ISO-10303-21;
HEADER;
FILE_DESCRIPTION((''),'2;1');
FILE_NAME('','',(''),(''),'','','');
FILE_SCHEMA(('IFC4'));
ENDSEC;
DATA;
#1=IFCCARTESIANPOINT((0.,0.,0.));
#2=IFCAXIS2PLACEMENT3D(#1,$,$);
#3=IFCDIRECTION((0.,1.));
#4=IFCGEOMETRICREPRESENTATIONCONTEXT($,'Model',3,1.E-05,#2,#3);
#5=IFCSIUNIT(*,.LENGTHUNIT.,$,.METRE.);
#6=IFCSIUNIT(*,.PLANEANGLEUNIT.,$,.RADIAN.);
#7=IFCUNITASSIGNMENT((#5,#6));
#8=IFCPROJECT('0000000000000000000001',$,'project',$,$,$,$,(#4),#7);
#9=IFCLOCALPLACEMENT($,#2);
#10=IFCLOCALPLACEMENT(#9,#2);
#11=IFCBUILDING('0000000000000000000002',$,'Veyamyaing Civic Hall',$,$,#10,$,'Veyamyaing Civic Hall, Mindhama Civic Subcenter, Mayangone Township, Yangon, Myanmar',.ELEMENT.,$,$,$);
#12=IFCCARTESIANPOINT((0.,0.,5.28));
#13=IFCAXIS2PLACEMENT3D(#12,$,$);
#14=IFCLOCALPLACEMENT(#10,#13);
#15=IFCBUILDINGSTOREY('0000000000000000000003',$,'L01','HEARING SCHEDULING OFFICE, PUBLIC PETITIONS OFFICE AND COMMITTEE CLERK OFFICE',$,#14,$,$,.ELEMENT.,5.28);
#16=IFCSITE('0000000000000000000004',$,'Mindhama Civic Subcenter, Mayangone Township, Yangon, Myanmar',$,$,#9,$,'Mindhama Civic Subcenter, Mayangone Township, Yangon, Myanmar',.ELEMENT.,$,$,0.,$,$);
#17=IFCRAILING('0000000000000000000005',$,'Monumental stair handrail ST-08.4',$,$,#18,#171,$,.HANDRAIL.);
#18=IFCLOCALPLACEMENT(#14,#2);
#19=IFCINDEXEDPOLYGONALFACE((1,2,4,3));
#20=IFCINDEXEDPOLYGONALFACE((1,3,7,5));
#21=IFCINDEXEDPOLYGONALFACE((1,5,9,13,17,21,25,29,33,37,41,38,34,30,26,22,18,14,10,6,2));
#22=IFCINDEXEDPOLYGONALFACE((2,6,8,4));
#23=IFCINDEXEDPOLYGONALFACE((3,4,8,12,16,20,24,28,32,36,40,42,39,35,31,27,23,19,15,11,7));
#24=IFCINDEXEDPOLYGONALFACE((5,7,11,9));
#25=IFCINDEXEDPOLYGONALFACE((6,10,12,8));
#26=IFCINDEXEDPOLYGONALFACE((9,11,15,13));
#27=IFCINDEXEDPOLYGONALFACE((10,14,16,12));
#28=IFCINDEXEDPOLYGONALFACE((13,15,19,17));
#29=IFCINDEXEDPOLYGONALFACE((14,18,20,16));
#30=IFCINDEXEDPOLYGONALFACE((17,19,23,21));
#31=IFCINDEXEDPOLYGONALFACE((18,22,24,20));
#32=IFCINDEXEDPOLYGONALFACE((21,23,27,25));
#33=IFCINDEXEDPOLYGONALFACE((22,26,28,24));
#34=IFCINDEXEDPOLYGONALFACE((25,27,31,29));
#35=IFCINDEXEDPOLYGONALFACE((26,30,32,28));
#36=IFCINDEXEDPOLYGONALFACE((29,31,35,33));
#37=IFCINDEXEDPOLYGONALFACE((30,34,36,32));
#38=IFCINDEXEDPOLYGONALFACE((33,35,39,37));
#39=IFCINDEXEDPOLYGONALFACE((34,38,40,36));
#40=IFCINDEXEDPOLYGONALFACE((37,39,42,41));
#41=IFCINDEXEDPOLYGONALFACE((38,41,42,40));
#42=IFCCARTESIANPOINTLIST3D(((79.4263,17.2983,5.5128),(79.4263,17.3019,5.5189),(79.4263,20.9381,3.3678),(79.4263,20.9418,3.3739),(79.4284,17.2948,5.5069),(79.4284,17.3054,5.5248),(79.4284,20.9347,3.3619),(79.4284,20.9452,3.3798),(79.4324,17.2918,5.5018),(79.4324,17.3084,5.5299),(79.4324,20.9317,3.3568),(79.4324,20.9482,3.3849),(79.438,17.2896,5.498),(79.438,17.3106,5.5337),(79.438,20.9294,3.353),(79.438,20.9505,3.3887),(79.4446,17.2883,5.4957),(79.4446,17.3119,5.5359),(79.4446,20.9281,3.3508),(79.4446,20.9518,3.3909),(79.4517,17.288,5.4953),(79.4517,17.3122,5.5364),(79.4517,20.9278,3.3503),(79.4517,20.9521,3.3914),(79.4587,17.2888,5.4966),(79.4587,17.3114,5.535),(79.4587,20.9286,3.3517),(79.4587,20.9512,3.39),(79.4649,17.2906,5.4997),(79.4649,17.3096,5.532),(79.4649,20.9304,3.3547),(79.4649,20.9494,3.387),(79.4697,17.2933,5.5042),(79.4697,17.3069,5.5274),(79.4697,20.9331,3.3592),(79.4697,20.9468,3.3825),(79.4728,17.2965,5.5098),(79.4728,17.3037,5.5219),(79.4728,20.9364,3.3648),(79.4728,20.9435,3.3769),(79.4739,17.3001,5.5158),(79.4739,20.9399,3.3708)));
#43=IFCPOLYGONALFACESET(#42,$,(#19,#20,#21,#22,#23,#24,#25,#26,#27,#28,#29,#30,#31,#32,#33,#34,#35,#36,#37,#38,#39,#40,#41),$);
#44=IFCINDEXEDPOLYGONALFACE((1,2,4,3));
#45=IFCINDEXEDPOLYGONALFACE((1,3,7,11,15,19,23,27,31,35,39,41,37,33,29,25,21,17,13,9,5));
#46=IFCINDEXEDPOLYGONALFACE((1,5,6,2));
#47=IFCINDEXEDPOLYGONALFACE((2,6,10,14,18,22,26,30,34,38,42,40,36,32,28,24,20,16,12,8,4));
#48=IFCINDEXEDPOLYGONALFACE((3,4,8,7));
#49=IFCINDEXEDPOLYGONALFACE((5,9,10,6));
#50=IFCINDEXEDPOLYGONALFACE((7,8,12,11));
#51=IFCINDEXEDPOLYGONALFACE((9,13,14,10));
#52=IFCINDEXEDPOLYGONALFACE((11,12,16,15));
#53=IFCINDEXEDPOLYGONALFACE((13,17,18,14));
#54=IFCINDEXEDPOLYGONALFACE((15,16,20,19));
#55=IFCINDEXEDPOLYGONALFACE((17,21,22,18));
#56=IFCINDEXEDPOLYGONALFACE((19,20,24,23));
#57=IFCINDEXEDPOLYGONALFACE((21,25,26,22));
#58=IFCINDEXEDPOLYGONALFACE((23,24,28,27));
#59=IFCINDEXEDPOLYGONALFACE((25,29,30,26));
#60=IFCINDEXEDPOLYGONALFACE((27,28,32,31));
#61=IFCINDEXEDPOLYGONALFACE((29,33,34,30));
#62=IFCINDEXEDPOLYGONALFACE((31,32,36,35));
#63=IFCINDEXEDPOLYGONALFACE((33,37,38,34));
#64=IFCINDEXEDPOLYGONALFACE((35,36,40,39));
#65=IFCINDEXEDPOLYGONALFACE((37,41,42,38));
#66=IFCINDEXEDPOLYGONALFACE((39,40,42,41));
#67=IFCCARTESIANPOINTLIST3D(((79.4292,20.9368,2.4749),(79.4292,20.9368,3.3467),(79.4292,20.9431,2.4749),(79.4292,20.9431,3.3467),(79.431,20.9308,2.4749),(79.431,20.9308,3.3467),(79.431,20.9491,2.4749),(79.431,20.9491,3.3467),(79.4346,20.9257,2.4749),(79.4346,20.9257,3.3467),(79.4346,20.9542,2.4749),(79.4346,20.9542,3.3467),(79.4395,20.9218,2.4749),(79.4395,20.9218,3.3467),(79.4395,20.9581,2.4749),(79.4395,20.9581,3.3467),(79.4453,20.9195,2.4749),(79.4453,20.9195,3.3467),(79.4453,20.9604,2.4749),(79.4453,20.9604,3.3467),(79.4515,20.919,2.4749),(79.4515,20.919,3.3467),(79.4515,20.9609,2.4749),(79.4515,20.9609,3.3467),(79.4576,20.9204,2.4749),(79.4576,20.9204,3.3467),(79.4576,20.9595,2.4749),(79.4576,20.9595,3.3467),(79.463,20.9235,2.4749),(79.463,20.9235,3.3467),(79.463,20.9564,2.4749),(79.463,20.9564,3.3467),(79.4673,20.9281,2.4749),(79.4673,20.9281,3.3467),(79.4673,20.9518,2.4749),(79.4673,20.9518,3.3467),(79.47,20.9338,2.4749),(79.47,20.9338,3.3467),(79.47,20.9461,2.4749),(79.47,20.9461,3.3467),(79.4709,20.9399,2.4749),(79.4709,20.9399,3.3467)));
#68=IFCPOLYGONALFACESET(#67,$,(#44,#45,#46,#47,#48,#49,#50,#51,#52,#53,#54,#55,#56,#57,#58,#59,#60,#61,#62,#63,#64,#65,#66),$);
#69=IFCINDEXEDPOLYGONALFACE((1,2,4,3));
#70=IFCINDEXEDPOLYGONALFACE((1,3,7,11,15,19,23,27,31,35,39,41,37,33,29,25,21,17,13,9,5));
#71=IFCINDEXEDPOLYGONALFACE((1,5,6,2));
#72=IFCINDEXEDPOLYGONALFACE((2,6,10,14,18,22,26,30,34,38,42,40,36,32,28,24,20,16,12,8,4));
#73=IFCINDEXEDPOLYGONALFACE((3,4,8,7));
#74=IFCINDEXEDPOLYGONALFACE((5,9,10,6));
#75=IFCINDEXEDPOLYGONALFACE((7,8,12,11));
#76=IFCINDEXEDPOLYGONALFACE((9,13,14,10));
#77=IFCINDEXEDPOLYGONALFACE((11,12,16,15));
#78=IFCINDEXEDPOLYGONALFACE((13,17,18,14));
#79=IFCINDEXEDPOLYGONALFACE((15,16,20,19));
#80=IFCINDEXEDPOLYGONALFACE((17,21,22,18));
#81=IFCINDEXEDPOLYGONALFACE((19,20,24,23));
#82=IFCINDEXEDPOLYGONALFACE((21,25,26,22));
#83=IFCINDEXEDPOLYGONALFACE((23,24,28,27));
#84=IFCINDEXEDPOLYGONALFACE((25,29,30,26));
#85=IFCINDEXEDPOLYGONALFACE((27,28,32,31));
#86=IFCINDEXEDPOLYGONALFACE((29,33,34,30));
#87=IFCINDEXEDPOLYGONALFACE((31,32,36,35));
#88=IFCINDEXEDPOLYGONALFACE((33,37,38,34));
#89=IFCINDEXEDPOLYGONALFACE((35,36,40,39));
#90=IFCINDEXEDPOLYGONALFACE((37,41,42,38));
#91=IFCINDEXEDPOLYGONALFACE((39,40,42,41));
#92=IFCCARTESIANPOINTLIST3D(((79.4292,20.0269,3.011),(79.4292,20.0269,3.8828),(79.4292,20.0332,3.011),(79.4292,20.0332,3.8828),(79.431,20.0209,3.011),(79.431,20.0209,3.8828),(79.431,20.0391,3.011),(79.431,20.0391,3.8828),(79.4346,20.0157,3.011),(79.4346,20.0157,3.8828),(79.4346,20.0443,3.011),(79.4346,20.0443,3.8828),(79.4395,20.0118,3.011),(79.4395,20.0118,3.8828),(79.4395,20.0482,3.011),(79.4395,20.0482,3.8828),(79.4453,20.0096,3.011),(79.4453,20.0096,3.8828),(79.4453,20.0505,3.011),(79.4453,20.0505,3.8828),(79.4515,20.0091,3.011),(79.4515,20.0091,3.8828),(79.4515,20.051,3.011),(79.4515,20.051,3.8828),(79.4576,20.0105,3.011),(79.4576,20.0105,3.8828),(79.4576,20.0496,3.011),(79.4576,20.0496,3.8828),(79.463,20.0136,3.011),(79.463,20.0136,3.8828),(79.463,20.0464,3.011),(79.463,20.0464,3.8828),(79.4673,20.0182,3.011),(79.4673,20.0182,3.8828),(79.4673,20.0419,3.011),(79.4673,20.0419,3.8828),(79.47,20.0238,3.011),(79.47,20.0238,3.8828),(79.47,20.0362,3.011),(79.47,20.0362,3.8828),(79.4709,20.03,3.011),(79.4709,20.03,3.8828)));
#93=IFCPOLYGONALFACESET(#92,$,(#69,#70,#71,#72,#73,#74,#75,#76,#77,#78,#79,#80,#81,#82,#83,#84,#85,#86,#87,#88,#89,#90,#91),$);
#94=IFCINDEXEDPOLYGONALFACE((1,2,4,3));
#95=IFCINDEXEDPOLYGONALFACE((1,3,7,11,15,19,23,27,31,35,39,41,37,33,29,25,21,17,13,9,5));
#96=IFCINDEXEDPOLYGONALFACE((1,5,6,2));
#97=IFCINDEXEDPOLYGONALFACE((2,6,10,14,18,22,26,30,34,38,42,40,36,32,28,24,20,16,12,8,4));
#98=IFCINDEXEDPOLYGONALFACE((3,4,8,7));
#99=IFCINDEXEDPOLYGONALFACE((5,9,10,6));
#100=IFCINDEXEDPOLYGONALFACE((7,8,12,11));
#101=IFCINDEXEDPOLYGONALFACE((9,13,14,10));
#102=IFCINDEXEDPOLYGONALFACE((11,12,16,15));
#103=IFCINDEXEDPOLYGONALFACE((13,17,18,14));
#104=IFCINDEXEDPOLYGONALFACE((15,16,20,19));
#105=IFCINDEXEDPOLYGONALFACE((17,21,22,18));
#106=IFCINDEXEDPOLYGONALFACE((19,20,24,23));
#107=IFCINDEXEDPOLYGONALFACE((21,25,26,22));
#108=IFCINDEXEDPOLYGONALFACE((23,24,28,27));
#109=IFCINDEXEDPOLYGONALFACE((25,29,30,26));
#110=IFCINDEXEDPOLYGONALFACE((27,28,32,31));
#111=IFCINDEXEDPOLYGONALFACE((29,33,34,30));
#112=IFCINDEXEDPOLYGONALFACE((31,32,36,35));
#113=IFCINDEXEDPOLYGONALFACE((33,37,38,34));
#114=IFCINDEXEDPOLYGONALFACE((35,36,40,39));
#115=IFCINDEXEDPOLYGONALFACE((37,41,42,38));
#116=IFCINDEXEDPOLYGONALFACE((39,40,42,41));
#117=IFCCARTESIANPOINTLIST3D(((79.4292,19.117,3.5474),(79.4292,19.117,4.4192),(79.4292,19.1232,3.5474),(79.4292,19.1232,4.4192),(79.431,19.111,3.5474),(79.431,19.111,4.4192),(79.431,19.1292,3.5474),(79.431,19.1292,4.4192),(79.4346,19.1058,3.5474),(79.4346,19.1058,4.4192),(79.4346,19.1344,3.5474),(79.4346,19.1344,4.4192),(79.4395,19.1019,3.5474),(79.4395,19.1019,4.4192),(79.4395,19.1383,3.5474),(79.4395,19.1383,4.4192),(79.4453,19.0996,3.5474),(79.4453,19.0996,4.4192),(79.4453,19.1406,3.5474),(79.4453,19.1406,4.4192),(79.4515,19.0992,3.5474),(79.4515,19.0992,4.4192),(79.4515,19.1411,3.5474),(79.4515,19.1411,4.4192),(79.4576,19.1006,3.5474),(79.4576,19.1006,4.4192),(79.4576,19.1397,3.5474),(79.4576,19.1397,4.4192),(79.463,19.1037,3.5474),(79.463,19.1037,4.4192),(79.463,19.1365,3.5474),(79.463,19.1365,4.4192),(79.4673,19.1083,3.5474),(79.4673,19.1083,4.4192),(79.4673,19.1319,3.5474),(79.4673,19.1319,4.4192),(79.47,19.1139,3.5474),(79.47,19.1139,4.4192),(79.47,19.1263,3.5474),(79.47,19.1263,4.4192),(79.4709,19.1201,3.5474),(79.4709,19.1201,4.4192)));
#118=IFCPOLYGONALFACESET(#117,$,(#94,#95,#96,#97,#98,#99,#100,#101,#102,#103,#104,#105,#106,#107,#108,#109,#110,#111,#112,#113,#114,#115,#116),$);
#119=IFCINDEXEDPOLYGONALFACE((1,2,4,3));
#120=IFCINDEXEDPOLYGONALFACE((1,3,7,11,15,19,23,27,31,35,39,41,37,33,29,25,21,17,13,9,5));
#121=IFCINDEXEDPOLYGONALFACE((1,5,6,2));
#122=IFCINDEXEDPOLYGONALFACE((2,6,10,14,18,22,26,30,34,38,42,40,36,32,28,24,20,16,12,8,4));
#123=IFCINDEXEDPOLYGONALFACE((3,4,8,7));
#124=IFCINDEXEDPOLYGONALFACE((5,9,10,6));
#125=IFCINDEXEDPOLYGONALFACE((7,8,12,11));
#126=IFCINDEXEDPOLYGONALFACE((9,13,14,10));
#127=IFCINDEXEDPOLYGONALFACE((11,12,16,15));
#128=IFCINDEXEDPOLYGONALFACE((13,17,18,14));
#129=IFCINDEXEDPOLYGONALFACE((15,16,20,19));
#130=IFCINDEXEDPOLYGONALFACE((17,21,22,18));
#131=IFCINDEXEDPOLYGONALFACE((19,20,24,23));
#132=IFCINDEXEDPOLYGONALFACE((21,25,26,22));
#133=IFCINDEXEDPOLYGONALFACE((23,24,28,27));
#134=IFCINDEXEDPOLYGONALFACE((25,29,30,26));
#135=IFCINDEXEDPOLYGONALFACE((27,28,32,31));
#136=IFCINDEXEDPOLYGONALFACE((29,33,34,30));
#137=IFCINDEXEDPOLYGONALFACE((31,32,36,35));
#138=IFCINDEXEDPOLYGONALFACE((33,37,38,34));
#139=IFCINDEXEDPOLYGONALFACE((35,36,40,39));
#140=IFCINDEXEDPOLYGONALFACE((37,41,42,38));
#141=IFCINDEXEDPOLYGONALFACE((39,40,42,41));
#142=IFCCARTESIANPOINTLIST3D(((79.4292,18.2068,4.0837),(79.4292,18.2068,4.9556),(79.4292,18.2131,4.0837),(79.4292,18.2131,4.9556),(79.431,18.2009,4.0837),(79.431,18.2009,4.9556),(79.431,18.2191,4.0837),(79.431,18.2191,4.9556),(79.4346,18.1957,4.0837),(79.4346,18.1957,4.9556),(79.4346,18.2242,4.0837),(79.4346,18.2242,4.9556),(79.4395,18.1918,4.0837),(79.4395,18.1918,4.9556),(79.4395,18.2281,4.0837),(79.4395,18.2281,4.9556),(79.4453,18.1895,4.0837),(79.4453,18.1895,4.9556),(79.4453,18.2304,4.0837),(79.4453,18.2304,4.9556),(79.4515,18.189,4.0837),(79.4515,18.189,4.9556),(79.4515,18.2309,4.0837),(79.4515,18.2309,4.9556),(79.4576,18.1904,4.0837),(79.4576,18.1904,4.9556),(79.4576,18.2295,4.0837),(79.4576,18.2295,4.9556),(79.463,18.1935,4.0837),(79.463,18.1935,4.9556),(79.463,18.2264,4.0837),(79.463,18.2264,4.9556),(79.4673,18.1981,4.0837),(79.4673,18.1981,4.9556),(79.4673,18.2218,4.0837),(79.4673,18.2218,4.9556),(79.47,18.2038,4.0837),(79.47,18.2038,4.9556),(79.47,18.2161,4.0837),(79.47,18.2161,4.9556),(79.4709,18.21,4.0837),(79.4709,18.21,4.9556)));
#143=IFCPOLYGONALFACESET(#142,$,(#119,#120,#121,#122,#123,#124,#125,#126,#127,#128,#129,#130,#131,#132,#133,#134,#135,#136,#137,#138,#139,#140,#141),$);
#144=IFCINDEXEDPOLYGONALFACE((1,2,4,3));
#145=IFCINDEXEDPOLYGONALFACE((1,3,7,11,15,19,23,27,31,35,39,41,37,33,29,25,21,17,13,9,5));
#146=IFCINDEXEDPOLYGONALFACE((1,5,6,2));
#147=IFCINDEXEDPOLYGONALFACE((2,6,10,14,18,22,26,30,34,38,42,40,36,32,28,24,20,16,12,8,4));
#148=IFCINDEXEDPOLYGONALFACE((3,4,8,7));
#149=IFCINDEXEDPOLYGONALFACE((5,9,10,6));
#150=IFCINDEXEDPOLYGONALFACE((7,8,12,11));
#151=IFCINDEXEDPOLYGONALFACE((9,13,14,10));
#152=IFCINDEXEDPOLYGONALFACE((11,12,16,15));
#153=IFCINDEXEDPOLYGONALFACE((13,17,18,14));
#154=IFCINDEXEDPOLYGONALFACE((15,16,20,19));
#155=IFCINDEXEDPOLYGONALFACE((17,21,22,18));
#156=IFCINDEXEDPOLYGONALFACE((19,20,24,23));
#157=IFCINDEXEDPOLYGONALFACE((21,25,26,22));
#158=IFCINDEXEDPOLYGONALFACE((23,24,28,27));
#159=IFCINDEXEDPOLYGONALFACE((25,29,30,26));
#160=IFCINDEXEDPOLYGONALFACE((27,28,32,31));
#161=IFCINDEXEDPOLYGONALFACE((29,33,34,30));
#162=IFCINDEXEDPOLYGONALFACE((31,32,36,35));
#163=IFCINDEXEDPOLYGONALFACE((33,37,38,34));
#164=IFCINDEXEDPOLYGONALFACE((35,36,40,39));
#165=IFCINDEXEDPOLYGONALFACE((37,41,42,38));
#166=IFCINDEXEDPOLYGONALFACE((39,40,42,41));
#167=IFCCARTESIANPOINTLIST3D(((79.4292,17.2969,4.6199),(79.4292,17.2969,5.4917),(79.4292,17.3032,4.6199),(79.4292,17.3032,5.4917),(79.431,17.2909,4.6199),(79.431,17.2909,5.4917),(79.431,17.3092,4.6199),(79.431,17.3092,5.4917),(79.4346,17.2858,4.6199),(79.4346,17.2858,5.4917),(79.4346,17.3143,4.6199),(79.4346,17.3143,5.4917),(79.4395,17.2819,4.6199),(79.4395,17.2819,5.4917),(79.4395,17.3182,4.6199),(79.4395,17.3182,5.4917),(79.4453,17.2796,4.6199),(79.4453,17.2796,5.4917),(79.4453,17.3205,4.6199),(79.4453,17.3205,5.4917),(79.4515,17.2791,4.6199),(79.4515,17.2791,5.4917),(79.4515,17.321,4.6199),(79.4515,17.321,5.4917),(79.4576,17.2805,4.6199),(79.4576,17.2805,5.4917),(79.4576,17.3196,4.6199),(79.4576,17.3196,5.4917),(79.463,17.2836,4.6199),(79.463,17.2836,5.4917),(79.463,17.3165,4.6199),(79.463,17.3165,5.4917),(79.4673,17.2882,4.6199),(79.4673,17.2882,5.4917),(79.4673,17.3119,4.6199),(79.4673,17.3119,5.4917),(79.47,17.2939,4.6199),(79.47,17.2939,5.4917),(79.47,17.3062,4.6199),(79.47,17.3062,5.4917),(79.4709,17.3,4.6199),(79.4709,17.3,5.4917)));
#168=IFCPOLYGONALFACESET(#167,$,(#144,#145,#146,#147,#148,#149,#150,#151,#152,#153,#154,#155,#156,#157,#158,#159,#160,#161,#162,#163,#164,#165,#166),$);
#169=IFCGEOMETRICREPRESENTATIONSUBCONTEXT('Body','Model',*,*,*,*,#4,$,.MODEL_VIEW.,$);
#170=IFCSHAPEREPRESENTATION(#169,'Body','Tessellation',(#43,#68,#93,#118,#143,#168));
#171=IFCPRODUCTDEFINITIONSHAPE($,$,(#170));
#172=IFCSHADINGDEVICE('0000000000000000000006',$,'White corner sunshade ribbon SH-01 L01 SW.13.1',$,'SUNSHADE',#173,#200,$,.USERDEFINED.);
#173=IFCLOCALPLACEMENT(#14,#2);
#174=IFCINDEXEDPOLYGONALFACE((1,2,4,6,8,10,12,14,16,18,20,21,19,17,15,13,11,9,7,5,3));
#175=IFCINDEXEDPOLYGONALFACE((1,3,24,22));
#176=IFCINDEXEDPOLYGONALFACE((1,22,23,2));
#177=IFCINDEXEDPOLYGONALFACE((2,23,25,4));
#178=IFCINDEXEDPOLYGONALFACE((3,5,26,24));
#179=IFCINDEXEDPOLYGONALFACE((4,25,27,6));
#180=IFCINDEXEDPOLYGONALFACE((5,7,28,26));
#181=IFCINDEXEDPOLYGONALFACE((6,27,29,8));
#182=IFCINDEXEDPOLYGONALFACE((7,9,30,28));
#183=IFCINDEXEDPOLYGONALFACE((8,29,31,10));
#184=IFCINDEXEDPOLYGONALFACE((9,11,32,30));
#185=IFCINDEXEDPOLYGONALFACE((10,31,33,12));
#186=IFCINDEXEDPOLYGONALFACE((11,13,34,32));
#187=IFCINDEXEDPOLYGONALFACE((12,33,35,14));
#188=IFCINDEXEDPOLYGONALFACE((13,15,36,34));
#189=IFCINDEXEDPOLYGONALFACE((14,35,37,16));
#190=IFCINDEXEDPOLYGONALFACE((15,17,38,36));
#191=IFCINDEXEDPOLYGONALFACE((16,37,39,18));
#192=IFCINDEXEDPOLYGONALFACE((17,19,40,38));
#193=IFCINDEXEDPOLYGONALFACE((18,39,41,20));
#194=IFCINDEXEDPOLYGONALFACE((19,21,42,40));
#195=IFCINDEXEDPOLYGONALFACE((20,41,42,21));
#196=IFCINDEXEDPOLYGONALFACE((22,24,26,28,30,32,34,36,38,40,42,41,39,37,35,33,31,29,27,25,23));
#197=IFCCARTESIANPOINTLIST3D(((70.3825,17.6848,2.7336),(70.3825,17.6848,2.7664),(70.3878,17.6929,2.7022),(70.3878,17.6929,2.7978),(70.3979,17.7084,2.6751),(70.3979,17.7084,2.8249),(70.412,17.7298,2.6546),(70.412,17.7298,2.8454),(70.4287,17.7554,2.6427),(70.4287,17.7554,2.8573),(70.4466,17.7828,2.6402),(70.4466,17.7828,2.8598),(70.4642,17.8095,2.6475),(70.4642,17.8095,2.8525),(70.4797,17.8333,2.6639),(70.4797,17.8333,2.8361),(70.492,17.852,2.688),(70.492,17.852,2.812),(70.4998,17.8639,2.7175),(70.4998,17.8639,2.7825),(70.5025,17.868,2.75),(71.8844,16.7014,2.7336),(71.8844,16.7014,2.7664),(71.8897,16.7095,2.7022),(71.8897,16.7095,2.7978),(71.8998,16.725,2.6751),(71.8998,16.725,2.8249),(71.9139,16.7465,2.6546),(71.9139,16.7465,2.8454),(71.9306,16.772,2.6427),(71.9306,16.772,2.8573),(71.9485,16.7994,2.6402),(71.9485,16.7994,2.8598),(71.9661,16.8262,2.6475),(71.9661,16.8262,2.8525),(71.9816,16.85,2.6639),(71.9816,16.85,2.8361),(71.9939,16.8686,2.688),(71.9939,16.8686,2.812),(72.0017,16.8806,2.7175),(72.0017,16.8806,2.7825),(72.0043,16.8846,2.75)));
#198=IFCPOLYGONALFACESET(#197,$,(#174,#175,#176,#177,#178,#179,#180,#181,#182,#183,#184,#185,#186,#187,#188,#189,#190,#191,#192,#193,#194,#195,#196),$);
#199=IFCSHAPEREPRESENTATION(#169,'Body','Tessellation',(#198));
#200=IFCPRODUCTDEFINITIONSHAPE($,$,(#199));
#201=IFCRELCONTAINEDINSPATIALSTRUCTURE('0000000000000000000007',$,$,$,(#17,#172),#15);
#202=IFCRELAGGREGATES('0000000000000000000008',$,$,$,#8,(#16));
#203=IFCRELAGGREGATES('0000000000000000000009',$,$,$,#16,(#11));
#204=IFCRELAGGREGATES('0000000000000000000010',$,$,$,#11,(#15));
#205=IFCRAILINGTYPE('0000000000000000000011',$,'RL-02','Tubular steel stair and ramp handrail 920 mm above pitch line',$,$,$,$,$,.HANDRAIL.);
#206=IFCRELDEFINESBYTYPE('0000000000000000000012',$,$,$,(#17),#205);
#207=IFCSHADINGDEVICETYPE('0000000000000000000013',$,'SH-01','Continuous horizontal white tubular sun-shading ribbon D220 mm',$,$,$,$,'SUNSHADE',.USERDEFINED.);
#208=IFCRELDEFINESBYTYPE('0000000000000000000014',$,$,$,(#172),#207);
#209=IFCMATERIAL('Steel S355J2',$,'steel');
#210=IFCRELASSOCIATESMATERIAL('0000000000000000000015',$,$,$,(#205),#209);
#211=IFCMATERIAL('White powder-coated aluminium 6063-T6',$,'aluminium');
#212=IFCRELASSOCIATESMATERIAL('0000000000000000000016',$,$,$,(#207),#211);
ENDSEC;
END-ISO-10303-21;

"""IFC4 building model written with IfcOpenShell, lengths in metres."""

from ifc_helpers import new_model, si_unit, direction, frame, origin, origin_2d, place, context, subcontext, project, spatial, circle, extrude, material, material_profile, profile_set, type_object, element, save


model = new_model("IFC4")

# Units and contexts
model_context = context("Model", 3, precision=1e-05, world=origin(), true_north=direction((0.0, 1.0)))
body_context = subcontext(model_context, "Body", "Model", "MODEL_VIEW")
ifc_project = project(units=[si_unit("LENGTHUNIT", "METRE"), si_unit("PLANEANGLEUNIT", "RADIAN")], contexts=[model_context])

# Site, building, storey
site_placement = place(None, origin())
site = spatial("IfcSite", under=ifc_project, at=site_placement, Name="Mindhama Civic Subcenter, Mayangone Township, Yangon, Myanmar", LongName="Mindhama Civic Subcenter, Mayangone Township, Yangon, Myanmar", CompositionType="ELEMENT", RefElevation=0.0)
building_placement = place(site_placement, origin())
building = spatial("IfcBuilding", under=site, at=building_placement, Name="Veyamyaing Civic Hall", LongName="Veyamyaing Civic Hall, Mindhama Civic Subcenter, Mayangone Township, Yangon, Myanmar", CompositionType="ELEMENT")
storey_placement = place(building_placement, frame((0.0, 0.0, 5.28)))
storey = spatial("IfcBuildingStorey", under=building, at=storey_placement, Name="L01", Description="HEARING SCHEDULING OFFICE, PUBLIC PETITIONS OFFICE AND COMMITTEE CLERK OFFICE", CompositionType="ELEMENT", Elevation=5.28)

# Shared definitions
ifc_material_1 = material(Name="White powder-coated aluminium 6063-T6", Category="aluminium")

# Railing
ifc_material_2 = material(Name="Steel S355J2", Category="steel")
railing_type_1 = type_object("IfcRailingType", Name="RL-02", Description="Tubular steel stair and ramp handrail 920 mm above pitch line", PredefinedType="HANDRAIL", material=ifc_material_2)
for number, where, name in (
    (1, (79.45, 20.9399, 2.4749), "Monumental stair handrail ST-08.4"),
):
    element("IfcRailing", number, at=place(storey_placement, frame(where)), inside=storey, type_object=railing_type_1, Name=name, PredefinedType="HANDRAIL", context=body_context, shape_type="SweptSolid", body=[
        extrude(circle(Radius=0.0239, at=origin_2d()), frame((0.0, 0.0, 0.896), z_axis=(0.0, -0.86153, 0.507707), x_axis=(1.0, 0.0, 0.0)), (0.0, 0.0, 1.0), 4.2249),
        extrude(circle(Radius=0.021, at=origin_2d()), origin(), (0.0, 0.0, 1.0), 0.8718),
        extrude(circle(Radius=0.021, at=origin_2d()), frame((0.0, -0.9099, 0.5361)), (0.0, 0.0, 1.0), 0.8718),
        extrude(circle(Radius=0.021, at=origin_2d()), frame((0.0, -1.8198, 1.0725)), (0.0, 0.0, 1.0), 0.8718),
        extrude(circle(Radius=0.021, at=origin_2d()), frame((0.0, -2.73, 1.6089)), (0.0, 0.0, 1.0), 0.8718),
        extrude(circle(Radius=0.021, at=origin_2d()), frame((0.0, -3.6399, 2.145)), (0.0, 0.0, 1.0), 0.8718),
    ])

# Shading device
ifc_material_profile_1 = material_profile(ifc_material_1, circle(Radius=0.1101, at=origin_2d()), Name="SHADE-TUBE-220")
ifc_profile_set_1 = profile_set([ifc_material_profile_1], Name="White powder-coated aluminium 6063-T6")
shading_device_type = type_object("IfcShadingDeviceType", Name="SH-01", Description="Continuous horizontal white tubular sun-shading ribbon D220 mm", ElementType="SUNSHADE", PredefinedType="USERDEFINED", material=ifc_profile_set_1)
for number, where, z_axis, x_axis, name in (
    (2, (70.4421, 17.7759, 2.75), (0.836624, -0.547777, 0.0), (0.547777, 0.836624, 0.0), "White corner sunshade ribbon SH-01 L01 SW.13.1"),
):
    element("IfcShadingDevice", number, at=place(storey_placement, frame(where, z_axis=z_axis, x_axis=x_axis)), inside=storey, type_object=shading_device_type, Name=name, ObjectType="SUNSHADE", PredefinedType="USERDEFINED", context=body_context, shape_type="SweptSolid", body=[
        extrude(circle(Radius=0.1101, at=origin_2d()), origin(), (0.0, 0.0, 1.0), 1.7952),
    ])

save(model, "model.ifc")
